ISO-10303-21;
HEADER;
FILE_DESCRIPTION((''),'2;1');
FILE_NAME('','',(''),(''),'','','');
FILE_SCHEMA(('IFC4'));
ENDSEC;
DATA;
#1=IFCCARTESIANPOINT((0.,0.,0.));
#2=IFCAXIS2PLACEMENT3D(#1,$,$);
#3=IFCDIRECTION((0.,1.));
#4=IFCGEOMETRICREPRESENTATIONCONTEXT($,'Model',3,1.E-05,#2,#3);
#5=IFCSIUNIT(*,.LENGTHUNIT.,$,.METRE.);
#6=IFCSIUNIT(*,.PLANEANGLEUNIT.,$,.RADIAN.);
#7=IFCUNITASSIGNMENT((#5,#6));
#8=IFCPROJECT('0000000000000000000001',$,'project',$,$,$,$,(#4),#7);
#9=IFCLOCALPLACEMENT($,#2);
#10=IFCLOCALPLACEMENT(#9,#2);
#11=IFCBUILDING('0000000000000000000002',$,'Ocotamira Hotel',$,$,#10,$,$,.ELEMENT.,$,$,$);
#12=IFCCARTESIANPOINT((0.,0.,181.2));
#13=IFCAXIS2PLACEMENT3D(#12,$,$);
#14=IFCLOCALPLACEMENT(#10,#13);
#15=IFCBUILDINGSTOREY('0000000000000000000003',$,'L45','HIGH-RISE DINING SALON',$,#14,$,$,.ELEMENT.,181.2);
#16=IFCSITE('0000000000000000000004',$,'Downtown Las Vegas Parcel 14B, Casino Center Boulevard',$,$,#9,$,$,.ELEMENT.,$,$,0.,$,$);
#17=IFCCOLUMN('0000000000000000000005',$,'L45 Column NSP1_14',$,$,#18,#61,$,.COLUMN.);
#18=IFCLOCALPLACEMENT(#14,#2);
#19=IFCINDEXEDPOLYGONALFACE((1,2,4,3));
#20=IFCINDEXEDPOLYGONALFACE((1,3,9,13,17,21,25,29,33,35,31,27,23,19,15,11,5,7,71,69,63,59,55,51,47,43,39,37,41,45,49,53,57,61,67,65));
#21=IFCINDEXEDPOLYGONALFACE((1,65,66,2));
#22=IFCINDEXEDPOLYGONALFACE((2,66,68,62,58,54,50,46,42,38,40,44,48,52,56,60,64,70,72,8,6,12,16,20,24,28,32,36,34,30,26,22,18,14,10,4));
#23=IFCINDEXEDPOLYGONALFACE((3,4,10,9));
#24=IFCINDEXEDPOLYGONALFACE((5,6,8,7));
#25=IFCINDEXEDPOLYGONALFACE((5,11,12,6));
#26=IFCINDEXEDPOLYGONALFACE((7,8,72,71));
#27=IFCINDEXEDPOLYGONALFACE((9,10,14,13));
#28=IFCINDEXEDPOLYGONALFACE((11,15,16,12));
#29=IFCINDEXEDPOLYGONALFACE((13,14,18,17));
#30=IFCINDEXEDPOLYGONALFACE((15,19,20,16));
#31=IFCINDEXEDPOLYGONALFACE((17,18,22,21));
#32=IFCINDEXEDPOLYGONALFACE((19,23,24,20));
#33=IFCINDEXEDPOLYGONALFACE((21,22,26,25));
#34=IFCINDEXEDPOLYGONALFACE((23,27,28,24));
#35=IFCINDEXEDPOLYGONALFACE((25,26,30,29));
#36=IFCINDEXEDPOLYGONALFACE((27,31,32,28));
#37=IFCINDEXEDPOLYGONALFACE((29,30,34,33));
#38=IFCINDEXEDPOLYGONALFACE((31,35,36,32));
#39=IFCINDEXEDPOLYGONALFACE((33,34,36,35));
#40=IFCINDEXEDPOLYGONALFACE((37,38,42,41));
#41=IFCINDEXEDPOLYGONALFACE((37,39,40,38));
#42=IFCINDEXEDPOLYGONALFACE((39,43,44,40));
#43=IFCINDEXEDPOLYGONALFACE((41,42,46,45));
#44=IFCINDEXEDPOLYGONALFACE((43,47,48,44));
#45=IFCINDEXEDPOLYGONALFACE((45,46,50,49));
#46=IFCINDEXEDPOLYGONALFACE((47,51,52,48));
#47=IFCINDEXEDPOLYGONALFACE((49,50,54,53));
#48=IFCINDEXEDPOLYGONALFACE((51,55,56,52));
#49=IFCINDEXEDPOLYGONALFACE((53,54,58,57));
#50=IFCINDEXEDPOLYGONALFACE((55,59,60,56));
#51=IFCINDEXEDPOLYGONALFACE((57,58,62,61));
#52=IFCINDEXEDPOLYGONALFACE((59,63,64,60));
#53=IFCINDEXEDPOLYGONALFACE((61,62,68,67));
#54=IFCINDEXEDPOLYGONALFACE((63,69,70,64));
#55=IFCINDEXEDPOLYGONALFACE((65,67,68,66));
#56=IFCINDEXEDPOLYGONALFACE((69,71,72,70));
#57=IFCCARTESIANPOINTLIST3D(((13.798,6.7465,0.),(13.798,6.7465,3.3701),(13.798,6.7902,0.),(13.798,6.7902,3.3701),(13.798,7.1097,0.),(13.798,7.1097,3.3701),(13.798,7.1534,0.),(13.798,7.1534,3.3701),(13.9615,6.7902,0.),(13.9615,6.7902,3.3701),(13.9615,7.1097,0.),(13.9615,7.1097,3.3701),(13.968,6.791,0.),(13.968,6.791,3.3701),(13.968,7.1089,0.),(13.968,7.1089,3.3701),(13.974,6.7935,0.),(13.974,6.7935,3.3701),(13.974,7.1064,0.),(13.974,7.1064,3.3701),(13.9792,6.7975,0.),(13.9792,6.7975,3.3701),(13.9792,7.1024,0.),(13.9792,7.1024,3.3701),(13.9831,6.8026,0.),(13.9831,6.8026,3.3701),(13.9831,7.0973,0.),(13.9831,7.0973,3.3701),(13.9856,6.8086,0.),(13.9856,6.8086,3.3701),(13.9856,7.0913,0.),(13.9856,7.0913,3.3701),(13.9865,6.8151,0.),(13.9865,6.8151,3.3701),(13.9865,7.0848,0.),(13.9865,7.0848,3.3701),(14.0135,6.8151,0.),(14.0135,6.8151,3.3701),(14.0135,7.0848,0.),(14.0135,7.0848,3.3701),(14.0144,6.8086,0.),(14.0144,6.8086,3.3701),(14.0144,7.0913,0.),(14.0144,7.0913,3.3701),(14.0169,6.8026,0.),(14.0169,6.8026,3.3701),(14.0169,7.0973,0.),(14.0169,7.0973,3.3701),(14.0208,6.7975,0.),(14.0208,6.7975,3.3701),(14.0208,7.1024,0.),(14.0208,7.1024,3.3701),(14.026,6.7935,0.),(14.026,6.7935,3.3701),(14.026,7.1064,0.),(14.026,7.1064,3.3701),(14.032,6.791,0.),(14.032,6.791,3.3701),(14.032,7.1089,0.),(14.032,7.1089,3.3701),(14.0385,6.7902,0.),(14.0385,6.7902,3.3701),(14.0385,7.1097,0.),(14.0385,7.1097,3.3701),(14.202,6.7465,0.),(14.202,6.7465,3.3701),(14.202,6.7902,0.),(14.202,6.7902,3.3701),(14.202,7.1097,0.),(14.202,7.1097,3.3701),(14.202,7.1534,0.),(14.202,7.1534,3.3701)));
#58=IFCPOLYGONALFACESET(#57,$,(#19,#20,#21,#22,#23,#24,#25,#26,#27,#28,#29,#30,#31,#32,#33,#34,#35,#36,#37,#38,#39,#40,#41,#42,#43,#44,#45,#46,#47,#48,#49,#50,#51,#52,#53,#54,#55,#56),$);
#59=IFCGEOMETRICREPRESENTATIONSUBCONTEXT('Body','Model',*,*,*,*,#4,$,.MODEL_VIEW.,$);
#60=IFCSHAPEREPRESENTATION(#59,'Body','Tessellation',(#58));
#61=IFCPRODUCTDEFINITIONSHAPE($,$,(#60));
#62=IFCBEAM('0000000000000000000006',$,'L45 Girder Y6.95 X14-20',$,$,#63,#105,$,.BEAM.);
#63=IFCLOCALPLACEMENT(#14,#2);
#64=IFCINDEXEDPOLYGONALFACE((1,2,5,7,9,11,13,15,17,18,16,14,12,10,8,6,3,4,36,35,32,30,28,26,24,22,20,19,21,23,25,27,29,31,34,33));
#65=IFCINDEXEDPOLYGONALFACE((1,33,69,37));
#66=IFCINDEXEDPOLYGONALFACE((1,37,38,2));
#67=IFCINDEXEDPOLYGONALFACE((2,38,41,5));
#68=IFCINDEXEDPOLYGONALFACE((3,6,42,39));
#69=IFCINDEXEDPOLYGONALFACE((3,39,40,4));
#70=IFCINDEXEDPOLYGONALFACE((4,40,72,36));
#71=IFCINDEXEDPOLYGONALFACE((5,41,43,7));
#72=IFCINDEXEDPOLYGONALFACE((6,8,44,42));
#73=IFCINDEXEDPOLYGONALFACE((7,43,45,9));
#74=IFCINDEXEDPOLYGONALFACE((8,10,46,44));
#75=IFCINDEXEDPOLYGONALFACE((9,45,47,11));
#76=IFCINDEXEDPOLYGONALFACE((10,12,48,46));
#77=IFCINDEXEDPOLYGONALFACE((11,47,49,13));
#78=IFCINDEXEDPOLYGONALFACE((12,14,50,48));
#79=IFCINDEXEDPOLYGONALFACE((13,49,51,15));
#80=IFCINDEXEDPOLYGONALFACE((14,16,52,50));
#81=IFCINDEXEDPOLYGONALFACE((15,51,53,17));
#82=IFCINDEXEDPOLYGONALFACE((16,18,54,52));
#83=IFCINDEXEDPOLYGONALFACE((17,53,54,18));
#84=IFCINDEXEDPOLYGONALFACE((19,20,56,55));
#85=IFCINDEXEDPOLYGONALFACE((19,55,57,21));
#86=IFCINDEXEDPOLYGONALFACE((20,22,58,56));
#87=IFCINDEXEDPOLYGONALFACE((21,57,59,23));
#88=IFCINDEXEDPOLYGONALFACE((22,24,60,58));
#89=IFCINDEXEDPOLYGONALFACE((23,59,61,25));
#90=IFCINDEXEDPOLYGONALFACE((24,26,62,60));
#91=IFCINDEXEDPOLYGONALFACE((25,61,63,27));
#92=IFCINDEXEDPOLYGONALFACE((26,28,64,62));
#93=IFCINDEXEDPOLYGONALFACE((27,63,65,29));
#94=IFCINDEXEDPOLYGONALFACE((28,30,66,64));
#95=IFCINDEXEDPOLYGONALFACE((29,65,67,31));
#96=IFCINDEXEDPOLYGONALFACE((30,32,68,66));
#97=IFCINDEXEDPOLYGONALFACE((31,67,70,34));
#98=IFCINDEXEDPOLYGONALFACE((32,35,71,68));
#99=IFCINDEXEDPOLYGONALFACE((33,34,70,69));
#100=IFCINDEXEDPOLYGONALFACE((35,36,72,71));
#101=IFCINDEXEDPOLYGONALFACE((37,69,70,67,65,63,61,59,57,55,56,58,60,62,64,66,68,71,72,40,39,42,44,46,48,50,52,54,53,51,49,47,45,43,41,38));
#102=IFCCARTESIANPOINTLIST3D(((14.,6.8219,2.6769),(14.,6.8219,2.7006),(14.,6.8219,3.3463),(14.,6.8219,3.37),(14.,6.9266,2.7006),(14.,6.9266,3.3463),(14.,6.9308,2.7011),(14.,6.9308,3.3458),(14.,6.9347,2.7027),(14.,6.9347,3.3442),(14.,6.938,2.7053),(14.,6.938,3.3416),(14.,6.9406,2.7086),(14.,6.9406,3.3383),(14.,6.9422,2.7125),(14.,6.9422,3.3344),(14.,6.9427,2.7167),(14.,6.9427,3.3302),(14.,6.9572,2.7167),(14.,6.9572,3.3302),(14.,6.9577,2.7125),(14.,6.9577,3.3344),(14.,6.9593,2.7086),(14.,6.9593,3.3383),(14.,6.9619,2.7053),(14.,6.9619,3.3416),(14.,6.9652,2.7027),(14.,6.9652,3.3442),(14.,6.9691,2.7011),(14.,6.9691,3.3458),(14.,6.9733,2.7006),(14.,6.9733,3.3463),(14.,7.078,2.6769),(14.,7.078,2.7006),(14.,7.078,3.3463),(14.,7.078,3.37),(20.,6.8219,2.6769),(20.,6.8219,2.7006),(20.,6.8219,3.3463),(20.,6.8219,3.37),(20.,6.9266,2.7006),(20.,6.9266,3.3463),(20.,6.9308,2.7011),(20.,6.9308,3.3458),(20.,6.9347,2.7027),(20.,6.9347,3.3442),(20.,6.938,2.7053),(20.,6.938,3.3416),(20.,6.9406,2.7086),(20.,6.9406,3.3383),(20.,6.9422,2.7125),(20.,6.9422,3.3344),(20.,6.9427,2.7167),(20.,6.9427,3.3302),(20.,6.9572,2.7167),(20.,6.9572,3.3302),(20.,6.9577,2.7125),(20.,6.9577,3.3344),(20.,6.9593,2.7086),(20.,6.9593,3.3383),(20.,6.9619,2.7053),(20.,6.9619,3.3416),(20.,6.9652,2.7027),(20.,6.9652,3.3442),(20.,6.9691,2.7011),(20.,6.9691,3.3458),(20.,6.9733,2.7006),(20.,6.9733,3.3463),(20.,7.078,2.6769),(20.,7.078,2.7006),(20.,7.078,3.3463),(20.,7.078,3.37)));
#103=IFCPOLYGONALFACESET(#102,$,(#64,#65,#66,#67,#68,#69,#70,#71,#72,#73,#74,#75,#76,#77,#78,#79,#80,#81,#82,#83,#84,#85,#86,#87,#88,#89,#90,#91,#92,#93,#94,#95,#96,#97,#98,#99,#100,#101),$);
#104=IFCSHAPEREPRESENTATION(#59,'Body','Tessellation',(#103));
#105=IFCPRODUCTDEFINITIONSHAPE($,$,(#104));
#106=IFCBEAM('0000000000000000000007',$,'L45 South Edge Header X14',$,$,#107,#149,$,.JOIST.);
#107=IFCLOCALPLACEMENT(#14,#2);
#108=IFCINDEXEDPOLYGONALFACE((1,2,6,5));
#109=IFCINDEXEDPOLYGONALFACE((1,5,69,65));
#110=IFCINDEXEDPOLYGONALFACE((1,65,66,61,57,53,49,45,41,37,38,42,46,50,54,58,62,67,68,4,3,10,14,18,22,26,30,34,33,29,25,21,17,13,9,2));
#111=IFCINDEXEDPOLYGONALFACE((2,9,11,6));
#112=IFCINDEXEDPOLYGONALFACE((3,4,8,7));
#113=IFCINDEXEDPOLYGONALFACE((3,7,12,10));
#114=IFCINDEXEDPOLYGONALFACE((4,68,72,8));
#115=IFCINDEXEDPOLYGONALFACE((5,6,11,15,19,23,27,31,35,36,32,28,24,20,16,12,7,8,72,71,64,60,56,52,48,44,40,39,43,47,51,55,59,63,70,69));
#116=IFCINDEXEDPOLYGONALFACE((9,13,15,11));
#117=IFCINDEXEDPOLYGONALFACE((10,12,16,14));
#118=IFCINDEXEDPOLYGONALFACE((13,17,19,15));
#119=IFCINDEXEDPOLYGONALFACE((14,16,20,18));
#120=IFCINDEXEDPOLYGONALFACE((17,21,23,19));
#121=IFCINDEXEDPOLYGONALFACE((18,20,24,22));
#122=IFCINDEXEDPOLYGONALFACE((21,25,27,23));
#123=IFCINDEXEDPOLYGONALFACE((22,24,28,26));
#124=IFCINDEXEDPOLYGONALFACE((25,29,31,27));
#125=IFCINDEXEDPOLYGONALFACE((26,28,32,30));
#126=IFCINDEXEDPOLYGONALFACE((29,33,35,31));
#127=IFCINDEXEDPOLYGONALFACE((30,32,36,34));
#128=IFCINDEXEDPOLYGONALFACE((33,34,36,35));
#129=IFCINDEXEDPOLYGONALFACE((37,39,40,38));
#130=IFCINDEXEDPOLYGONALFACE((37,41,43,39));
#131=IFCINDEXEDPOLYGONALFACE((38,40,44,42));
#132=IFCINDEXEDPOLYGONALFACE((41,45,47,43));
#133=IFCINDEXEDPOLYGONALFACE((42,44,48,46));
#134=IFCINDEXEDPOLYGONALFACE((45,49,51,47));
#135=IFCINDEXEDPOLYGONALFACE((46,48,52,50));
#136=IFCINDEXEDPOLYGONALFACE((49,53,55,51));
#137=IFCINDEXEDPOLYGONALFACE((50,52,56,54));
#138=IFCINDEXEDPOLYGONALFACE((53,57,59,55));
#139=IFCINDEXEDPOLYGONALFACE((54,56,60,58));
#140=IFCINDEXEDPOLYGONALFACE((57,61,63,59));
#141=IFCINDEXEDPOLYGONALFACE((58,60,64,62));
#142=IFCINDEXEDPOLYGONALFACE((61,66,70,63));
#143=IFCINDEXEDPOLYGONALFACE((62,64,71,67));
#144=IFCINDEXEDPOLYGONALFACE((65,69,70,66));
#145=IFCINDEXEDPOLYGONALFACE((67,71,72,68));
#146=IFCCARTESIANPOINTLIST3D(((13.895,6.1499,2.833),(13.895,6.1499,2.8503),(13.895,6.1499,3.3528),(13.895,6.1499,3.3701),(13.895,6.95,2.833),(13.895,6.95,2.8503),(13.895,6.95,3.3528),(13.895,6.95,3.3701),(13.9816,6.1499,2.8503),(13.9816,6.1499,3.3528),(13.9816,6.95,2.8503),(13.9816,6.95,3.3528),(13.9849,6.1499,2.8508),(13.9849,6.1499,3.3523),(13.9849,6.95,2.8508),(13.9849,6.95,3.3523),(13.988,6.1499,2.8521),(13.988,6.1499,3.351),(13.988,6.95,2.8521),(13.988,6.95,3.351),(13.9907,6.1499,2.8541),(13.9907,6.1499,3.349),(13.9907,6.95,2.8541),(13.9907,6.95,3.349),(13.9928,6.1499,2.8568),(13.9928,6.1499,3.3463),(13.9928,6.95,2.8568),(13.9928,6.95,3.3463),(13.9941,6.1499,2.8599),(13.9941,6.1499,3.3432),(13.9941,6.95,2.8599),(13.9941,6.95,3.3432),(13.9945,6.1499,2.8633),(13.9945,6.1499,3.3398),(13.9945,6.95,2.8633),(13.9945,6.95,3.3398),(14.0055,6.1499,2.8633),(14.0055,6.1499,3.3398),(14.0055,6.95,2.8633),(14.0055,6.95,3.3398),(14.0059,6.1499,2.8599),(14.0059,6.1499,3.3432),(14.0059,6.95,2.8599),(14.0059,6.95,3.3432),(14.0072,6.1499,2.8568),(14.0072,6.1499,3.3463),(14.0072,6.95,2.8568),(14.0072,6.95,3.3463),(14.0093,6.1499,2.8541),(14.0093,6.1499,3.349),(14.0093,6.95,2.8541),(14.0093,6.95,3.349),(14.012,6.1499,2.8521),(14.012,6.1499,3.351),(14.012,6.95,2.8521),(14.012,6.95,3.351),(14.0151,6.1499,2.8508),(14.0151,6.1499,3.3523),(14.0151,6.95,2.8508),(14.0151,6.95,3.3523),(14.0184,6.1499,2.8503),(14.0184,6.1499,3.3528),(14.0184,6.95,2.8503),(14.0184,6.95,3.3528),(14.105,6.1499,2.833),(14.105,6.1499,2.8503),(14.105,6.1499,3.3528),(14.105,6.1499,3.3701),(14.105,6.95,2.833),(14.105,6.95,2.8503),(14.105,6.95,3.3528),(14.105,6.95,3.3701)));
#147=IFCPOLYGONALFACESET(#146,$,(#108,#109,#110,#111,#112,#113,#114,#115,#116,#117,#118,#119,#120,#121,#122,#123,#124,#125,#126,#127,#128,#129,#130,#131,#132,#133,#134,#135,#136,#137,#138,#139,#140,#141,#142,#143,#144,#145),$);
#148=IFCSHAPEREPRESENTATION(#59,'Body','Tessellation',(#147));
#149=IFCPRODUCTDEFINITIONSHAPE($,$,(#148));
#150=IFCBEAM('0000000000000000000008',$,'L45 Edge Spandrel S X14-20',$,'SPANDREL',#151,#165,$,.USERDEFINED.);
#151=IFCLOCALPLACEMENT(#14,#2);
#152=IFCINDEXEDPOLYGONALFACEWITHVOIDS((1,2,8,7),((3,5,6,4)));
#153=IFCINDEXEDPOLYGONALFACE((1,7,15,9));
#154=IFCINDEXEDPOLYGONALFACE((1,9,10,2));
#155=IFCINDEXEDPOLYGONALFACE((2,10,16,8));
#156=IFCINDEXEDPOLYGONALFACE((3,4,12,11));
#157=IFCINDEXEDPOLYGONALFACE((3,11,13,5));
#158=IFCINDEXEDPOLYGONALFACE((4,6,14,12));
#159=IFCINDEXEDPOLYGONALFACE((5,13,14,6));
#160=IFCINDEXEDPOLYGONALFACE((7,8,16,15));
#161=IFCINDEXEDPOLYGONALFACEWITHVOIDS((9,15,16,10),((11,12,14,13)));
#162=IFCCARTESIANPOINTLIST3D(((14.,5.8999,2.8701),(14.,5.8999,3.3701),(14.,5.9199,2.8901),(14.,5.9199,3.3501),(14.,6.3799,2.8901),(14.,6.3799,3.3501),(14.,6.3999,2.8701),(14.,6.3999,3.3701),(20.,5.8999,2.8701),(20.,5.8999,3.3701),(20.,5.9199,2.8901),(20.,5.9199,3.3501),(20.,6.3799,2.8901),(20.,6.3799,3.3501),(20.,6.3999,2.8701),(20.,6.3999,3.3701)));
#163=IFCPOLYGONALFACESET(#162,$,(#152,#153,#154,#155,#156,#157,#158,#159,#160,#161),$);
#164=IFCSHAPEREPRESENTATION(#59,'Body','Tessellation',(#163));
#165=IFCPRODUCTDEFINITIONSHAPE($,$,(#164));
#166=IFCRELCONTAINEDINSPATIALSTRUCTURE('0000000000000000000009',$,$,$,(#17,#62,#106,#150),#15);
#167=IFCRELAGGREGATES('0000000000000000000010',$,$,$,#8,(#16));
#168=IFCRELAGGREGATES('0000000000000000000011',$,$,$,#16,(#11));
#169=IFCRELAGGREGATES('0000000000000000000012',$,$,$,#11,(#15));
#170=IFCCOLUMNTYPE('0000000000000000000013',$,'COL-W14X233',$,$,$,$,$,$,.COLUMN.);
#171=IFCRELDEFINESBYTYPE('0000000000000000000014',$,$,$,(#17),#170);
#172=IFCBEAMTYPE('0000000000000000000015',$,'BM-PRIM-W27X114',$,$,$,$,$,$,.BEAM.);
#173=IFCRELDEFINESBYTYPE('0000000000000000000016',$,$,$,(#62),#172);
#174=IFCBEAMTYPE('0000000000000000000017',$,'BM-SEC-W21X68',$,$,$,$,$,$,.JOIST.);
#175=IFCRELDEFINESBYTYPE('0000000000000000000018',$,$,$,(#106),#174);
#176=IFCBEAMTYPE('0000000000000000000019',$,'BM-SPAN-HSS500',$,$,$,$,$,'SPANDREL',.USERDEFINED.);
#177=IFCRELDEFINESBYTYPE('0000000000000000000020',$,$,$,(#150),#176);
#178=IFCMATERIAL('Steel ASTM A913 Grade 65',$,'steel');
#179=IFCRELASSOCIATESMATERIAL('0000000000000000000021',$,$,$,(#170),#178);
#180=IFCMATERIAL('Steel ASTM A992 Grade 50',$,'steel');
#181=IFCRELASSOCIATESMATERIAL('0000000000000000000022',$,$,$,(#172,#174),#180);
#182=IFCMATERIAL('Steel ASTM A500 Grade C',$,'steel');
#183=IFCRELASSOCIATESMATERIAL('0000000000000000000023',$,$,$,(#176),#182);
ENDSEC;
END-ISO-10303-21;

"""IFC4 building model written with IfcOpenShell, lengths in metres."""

from ifc_helpers import new_model, si_unit, direction, frame, origin, origin_2d, place, context, subcontext, project, spatial, hollow_rectangle, i_section, extrude, source, transform, mapped, material, material_profile, profile_set, type_object, element, save


model = new_model("IFC4")

# Units and contexts
model_context = context("Model", 3, precision=1e-05, world=origin(), true_north=direction((0.0, 1.0)))
body_context = subcontext(model_context, "Body", "Model", "MODEL_VIEW")
ifc_project = project(units=[si_unit("LENGTHUNIT", "METRE"), si_unit("PLANEANGLEUNIT", "RADIAN")], contexts=[model_context])

# Site, building, storey
site_placement = place(None, origin())
site = spatial("IfcSite", under=ifc_project, at=site_placement, Name="Downtown Las Vegas Parcel 14B, Casino Center Boulevard", CompositionType="ELEMENT", RefElevation=0.0)
building_placement = place(site_placement, origin())
building = spatial("IfcBuilding", under=site, at=building_placement, Name="Ocotamira Hotel", CompositionType="ELEMENT")
storey_placement = place(building_placement, frame((0.0, 0.0, 181.2)))
storey = spatial("IfcBuildingStorey", under=building, at=storey_placement, Name="L45", Description="HIGH-RISE DINING SALON", CompositionType="ELEMENT", Elevation=181.2)

# Column
ifc_material_1 = material(Name="Steel ASTM A913 Grade 65", Category="steel")
ifc_material_profile_1 = material_profile(ifc_material_1, i_section(OverallWidth=0.4041, OverallDepth=0.407, WebThickness=0.0271, FlangeThickness=0.0437, FilletRadius=0.0249, at=origin_2d()), Name="W14X233")
ifc_profile_set_1 = profile_set([ifc_material_profile_1], Name="Steel ASTM A913 Grade 65")
column_type = type_object("IfcColumnType", Name="COL-W14X233", PredefinedType="COLUMN", material=ifc_profile_set_1)
shared_shape_1 = source(origin(), body_context, "Body", "SweptSolid", [
    extrude(i_section(OverallWidth=0.4041, OverallDepth=0.407, WebThickness=0.0271, FlangeThickness=0.0437, FilletRadius=0.0249, at=origin_2d()), origin(), (0.0, 0.0, 1.0), 3.3701),
])
column_placement = place(storey_placement, frame((14.0, 6.95, 0.0), z_axis=(0.0, 0.0, 1.0), x_axis=(1.0, 0.0, 0.0)))
element("IfcColumn", 1, at=column_placement, inside=storey, type_object=column_type, Name="L45 Column NSP1_14", PredefinedType="COLUMN", context=body_context, shape_type="MappedRepresentation", body=[
    mapped(shared_shape_1, transform((0.0, 0.0, 0.0), scale=1.0)),
])

# Beams
ifc_material_2 = material(Name="Steel ASTM A992 Grade 50", Category="steel")
ifc_material_profile_2 = material_profile(ifc_material_2, i_section(OverallWidth=0.2561, OverallDepth=0.6931, WebThickness=0.0144, FlangeThickness=0.0237, FilletRadius=0.0161, at=origin_2d()), Name="W27X114")
ifc_profile_set_2 = profile_set([ifc_material_profile_2], Name="Steel ASTM A992 Grade 50")
beam_type_1 = type_object("IfcBeamType", Name="BM-PRIM-W27X114", PredefinedType="BEAM", material=ifc_profile_set_2)
shared_shape_2 = source(origin(), body_context, "Body", "SweptSolid", [
    extrude(i_section(OverallWidth=0.2561, OverallDepth=0.6931, WebThickness=0.0144, FlangeThickness=0.0237, FilletRadius=0.0161, at=origin_2d()), origin(), (0.0, 0.0, 1.0), 6.0),
])
beam_1_placement = place(storey_placement, frame((14.0, 6.95, 3.0234), z_axis=(1.0, 0.0, 0.0), x_axis=(0.0, 1.0, 0.0)))
element("IfcBeam", 2, at=beam_1_placement, inside=storey, type_object=beam_type_1, Name="L45 Girder Y6.95 X14-20", PredefinedType="BEAM", context=body_context, shape_type="MappedRepresentation", body=[
    mapped(shared_shape_2, transform((0.0, 0.0, 0.0), scale=1.0)),
])
ifc_material_profile_3 = material_profile(ifc_material_2, i_section(OverallWidth=0.21, OverallDepth=0.5371, WebThickness=0.011, FlangeThickness=0.0173, FilletRadius=0.0129, at=origin_2d()), Name="W21X68")
ifc_profile_set_3 = profile_set([ifc_material_profile_3], Name="Steel ASTM A992 Grade 50")
beam_type_2 = type_object("IfcBeamType", Name="BM-SEC-W21X68", PredefinedType="JOIST", material=ifc_profile_set_3)
shared_shape_3 = source(origin(), body_context, "Body", "SweptSolid", [
    extrude(i_section(OverallWidth=0.21, OverallDepth=0.5371, WebThickness=0.011, FlangeThickness=0.0173, FilletRadius=0.0129, at=origin_2d()), origin(), (0.0, 0.0, 1.0), 0.8),
])
beam_2_placement = place(storey_placement, frame((14.0, 6.95, 3.1016), z_axis=(0.0, -1.0, 0.0), x_axis=(1.0, 0.0, 0.0)))
element("IfcBeam", 3, at=beam_2_placement, inside=storey, type_object=beam_type_2, Name="L45 South Edge Header X14", PredefinedType="JOIST", context=body_context, shape_type="MappedRepresentation", body=[
    mapped(shared_shape_3, transform((0.0, 0.0, 0.0), scale=1.0)),
])
ifc_material_3 = material(Name="Steel ASTM A500 Grade C", Category="steel")
ifc_material_profile_4 = material_profile(ifc_material_3, hollow_rectangle(XDim=0.5, YDim=0.5, WallThickness=0.02, at=origin_2d()), Name="HSS500X500X20")
ifc_profile_set_4 = profile_set([ifc_material_profile_4], Name="Steel ASTM A500 Grade C")
beam_type_3 = type_object("IfcBeamType", Name="BM-SPAN-HSS500", ElementType="SPANDREL", PredefinedType="USERDEFINED", material=ifc_profile_set_4)
shared_shape_4 = source(origin(), body_context, "Body", "SweptSolid", [
    extrude(hollow_rectangle(XDim=0.5, YDim=0.5, WallThickness=0.02, at=origin_2d()), origin(), (0.0, 0.0, 1.0), 6.0),
])
beam_3_placement = place(storey_placement, frame((14.0, 6.1499, 3.1201), z_axis=(1.0, 0.0, 0.0), x_axis=(0.0, 1.0, 0.0)))
element("IfcBeam", 4, at=beam_3_placement, inside=storey, type_object=beam_type_3, Name="L45 Edge Spandrel S X14-20", ObjectType="SPANDREL", PredefinedType="USERDEFINED", context=body_context, shape_type="MappedRepresentation", body=[
    mapped(shared_shape_4, transform((0.0, 0.0, 0.0), scale=1.0)),
])

save(model, "model.ifc")
